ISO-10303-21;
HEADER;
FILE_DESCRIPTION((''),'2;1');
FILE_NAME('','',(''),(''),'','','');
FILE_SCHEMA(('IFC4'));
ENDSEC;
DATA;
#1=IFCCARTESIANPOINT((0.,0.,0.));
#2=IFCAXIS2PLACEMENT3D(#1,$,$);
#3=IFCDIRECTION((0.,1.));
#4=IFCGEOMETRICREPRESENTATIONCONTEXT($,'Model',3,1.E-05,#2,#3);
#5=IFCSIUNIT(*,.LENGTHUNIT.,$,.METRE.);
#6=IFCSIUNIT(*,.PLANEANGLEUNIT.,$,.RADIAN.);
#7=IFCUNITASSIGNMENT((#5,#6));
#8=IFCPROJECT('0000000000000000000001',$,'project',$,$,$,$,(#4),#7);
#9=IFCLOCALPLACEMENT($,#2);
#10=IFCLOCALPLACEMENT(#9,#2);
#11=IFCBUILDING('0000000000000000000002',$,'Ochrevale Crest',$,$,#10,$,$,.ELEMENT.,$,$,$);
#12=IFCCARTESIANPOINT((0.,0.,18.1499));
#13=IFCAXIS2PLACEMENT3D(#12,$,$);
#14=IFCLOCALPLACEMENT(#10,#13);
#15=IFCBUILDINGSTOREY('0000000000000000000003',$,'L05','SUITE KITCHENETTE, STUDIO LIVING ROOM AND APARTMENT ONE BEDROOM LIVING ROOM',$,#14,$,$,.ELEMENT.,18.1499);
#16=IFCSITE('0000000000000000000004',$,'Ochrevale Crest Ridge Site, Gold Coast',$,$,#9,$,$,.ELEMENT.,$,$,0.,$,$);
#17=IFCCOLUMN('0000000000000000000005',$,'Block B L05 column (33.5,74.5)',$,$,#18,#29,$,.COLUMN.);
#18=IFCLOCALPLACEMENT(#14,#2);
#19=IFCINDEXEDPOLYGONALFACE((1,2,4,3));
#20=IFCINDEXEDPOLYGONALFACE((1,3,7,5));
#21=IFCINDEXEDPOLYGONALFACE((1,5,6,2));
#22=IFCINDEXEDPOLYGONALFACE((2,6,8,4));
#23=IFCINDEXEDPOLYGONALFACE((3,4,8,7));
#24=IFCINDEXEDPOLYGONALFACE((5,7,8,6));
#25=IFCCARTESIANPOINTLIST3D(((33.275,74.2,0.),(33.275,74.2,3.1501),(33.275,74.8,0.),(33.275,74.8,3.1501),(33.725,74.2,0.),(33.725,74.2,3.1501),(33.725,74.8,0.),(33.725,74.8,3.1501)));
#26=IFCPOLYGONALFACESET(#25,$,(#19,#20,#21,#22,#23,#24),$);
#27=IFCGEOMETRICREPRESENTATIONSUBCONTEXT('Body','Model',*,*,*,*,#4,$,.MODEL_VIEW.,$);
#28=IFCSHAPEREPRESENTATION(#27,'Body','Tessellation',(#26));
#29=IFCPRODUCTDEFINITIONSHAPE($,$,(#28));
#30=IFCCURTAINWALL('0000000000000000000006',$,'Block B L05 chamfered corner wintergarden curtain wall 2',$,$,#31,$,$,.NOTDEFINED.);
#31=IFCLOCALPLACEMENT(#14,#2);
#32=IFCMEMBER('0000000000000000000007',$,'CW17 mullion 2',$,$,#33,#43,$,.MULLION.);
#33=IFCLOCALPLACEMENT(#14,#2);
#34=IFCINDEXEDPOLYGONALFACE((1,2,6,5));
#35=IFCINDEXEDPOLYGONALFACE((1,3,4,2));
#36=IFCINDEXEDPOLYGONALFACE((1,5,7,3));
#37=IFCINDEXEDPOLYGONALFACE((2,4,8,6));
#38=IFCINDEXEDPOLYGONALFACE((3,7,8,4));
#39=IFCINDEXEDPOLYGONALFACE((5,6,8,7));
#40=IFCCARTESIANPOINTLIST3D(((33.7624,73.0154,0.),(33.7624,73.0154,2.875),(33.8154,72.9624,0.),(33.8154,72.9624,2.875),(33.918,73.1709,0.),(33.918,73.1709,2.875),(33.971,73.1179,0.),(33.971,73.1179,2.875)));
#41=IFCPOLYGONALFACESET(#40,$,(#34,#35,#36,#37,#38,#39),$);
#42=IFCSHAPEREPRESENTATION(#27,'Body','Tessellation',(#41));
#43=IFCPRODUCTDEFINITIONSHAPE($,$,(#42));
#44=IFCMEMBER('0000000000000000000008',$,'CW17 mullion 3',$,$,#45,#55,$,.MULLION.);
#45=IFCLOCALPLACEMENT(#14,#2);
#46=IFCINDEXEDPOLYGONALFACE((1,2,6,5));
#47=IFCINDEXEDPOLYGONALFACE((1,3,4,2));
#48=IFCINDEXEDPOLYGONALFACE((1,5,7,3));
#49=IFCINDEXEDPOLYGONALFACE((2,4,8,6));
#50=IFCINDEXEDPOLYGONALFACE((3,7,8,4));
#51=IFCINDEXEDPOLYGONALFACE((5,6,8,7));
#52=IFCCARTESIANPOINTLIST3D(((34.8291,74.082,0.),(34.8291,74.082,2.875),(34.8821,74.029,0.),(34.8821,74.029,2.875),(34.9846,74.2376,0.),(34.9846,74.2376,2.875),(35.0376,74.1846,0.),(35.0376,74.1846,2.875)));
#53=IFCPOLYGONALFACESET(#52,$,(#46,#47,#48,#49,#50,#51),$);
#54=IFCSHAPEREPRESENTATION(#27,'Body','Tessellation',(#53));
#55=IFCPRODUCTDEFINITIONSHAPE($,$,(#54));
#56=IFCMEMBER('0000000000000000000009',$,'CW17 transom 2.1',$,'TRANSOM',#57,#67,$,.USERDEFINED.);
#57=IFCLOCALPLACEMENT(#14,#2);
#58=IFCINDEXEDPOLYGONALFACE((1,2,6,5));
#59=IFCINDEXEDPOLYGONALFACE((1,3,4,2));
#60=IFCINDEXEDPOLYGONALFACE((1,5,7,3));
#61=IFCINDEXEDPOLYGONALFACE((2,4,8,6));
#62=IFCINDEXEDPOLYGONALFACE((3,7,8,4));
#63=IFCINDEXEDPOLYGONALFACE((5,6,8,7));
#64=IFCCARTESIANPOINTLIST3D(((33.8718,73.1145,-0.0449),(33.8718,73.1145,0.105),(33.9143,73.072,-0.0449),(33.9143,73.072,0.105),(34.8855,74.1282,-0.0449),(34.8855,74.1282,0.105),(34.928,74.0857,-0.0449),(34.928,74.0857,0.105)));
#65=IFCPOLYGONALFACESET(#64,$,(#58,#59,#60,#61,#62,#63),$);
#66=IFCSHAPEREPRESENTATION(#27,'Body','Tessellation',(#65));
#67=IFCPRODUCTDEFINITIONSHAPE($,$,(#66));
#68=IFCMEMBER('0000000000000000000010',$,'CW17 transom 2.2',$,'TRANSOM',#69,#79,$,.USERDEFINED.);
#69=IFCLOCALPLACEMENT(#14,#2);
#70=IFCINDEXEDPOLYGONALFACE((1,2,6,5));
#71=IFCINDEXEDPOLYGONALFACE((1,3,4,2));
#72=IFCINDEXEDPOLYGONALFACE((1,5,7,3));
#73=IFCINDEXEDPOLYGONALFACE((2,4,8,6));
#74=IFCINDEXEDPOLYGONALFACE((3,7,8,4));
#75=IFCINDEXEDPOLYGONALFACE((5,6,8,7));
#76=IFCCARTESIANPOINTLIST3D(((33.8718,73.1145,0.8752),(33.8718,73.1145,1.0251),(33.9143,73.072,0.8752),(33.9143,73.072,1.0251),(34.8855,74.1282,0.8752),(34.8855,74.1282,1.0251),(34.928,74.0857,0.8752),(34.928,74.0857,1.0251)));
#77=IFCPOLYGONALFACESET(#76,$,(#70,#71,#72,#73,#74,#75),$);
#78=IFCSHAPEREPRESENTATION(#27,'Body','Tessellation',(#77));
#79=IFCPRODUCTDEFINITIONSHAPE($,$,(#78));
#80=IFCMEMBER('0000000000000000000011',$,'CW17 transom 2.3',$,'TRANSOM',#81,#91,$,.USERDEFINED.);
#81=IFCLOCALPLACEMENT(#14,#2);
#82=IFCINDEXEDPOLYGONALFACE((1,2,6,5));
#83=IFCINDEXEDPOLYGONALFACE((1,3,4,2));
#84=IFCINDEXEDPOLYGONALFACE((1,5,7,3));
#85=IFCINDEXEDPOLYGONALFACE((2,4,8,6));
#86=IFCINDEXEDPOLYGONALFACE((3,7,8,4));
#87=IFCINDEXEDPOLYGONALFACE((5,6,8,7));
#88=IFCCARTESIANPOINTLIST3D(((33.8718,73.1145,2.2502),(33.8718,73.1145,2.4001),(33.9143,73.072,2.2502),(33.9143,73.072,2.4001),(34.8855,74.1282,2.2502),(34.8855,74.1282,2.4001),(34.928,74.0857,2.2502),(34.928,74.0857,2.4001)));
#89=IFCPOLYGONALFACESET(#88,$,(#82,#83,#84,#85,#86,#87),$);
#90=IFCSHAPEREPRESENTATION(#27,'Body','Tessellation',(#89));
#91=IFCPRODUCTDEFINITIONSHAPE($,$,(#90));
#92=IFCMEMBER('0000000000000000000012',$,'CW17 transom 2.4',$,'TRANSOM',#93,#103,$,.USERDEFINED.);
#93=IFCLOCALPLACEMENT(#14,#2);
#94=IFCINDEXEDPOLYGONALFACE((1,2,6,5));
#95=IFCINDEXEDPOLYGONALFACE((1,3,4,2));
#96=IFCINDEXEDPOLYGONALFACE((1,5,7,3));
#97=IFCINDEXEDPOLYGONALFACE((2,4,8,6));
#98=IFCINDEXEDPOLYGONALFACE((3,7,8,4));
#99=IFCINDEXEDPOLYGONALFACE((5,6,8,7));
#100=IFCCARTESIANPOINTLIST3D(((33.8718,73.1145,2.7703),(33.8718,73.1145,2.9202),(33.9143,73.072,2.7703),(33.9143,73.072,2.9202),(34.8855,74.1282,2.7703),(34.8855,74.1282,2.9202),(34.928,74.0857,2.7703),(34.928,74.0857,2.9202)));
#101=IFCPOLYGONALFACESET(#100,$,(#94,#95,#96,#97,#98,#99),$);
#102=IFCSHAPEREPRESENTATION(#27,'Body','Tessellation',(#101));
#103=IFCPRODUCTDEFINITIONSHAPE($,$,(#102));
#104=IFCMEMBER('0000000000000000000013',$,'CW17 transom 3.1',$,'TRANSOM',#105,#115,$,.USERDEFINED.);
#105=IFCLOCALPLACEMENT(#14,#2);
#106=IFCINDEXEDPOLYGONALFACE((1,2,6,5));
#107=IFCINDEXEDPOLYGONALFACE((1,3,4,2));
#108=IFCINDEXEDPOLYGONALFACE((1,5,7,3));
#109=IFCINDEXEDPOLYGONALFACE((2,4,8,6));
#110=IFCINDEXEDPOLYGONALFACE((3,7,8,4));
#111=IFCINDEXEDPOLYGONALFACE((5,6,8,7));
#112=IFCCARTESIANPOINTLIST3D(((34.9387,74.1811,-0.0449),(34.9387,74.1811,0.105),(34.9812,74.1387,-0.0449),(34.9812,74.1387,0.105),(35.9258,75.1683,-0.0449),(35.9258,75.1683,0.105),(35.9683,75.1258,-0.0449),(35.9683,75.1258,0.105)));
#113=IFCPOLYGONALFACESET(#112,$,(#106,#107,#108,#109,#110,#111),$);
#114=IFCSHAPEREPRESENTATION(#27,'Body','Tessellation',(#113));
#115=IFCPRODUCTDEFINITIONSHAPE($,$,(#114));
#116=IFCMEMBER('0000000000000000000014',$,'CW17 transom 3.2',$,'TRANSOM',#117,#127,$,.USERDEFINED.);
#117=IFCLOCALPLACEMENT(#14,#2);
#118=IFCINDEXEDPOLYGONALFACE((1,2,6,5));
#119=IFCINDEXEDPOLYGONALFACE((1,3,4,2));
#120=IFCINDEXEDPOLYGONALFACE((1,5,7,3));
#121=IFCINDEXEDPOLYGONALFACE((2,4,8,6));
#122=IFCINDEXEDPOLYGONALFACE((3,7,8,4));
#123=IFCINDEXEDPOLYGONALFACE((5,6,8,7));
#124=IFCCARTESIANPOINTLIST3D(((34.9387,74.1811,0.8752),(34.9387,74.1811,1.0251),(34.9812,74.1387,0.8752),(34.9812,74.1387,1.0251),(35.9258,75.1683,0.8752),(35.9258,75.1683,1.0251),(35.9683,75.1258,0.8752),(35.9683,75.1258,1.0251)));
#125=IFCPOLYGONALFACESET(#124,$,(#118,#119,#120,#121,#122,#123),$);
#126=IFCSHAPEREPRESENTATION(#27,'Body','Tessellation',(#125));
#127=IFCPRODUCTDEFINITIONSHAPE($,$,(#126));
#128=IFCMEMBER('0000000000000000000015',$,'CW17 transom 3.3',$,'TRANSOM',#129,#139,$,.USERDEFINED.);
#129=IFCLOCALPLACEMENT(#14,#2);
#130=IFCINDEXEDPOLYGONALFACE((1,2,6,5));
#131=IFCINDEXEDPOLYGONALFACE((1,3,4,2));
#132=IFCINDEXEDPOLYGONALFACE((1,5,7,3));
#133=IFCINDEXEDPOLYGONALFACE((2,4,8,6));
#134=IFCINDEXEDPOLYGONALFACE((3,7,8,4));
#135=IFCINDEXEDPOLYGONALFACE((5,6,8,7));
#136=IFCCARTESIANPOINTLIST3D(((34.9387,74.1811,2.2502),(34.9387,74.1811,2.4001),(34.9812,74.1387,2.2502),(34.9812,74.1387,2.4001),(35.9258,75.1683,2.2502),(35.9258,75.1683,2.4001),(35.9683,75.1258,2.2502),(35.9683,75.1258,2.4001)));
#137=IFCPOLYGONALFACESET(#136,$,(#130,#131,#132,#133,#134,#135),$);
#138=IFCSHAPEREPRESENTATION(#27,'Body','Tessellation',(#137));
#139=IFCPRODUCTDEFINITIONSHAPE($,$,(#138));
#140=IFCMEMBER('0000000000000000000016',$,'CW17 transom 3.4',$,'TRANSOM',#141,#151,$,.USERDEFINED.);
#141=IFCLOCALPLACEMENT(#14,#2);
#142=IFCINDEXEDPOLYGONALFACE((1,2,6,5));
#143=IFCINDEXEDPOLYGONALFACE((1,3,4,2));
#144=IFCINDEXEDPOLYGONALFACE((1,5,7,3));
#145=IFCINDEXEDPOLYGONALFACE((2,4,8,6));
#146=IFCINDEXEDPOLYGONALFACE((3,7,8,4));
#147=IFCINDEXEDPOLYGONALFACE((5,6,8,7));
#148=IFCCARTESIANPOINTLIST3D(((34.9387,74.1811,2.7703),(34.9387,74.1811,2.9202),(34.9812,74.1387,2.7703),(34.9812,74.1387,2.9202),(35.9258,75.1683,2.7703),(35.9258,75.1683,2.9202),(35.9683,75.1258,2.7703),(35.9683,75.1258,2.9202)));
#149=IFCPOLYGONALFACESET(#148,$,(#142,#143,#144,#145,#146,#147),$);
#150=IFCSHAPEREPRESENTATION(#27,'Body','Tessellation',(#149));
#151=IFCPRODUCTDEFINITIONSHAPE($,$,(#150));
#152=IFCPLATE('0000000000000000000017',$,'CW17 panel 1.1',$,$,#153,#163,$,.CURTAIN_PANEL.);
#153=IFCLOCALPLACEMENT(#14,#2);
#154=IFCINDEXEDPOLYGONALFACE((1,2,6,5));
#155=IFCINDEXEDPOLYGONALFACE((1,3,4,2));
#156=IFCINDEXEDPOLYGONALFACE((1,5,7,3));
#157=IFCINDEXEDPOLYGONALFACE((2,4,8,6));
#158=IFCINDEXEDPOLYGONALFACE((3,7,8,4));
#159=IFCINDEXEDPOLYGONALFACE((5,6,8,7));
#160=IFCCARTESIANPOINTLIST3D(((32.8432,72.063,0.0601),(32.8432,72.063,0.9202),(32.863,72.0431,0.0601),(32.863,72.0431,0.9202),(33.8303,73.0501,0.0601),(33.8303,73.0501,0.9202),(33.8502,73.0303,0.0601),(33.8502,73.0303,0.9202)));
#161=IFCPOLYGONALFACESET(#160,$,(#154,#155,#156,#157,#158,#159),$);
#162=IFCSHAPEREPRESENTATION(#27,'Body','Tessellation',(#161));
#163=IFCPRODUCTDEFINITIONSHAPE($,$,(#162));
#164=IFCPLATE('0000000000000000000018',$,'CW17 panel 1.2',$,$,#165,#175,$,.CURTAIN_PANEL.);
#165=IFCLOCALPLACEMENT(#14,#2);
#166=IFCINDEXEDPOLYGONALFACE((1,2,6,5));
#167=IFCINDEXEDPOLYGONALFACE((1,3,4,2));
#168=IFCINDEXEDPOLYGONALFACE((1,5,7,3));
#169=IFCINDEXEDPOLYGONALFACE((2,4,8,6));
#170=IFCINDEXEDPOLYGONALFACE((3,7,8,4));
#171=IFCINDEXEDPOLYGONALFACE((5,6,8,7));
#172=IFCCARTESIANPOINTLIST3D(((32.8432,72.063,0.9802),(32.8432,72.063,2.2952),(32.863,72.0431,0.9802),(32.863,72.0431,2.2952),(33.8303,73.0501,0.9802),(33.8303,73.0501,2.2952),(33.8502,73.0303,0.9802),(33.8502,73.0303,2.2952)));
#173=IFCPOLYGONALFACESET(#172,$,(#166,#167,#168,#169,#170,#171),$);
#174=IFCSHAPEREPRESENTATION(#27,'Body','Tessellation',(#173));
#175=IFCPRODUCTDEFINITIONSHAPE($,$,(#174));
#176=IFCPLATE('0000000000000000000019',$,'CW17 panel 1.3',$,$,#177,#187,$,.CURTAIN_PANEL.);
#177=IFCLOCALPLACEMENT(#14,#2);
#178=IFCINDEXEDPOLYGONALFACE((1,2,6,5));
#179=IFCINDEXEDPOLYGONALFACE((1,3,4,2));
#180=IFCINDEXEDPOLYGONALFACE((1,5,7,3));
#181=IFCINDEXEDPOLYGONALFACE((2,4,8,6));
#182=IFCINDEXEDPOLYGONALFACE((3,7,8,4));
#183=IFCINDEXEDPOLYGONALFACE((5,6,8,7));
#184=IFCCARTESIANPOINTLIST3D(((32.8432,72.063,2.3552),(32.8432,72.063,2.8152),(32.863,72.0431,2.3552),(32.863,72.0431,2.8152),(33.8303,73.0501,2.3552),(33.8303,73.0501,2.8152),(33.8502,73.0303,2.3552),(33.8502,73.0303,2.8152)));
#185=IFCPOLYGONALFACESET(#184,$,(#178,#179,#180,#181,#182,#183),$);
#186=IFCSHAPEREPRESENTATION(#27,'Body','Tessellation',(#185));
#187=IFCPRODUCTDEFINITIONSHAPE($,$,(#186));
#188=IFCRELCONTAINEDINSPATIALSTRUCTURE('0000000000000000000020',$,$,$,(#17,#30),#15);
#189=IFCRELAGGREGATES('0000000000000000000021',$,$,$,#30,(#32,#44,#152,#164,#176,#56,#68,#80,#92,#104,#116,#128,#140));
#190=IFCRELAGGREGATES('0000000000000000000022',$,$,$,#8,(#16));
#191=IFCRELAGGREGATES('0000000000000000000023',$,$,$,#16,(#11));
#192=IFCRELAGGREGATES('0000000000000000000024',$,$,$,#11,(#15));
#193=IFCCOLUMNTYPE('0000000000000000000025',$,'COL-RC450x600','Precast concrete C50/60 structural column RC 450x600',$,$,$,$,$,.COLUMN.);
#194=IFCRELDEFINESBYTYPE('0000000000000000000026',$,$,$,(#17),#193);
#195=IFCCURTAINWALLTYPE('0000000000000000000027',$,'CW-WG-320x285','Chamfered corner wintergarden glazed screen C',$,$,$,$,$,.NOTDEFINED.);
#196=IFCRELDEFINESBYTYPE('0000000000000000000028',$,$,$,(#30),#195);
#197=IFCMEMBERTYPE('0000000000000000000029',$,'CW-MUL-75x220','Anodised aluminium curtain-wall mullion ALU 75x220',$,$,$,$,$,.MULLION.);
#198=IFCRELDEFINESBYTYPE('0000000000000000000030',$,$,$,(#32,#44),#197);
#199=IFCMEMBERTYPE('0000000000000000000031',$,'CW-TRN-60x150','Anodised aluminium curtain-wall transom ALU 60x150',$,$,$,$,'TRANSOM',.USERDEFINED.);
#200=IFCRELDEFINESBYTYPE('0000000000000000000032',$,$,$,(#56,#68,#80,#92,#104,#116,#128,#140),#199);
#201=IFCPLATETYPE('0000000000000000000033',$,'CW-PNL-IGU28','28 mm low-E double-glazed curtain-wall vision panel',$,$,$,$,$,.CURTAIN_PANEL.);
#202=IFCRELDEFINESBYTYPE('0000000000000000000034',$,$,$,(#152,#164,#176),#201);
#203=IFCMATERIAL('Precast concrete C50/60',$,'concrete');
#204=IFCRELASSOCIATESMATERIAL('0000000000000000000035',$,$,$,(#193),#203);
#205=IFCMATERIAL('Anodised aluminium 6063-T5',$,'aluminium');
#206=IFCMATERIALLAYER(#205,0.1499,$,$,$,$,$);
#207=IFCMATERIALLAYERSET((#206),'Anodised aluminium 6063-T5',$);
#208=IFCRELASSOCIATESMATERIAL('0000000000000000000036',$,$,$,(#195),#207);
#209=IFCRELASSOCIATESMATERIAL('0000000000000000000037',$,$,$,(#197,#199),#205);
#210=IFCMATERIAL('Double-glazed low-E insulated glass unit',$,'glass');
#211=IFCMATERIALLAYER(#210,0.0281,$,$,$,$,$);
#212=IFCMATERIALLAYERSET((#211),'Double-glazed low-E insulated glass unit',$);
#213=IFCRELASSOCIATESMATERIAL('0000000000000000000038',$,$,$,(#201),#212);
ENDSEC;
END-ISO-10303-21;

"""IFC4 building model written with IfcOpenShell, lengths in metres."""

from ifc_helpers import new_model, si_unit, direction, frame, origin, origin_2d, place, context, subcontext, project, spatial, rectangle, extrude, material, layer, layer_set, material_profile, profile_set, type_object, element, aggregate, save


model = new_model("IFC4")

# Units and contexts
model_context = context("Model", 3, precision=1e-05, world=origin(), true_north=direction((0.0, 1.0)))
body_context = subcontext(model_context, "Body", "Model", "MODEL_VIEW")
ifc_project = project(units=[si_unit("LENGTHUNIT", "METRE"), si_unit("PLANEANGLEUNIT", "RADIAN")], contexts=[model_context])

# Site, building, storey
site_placement = place(None, origin())
site = spatial("IfcSite", under=ifc_project, at=site_placement, Name="Ochrevale Crest Ridge Site, Gold Coast", CompositionType="ELEMENT", RefElevation=0.0)
building_placement = place(site_placement, origin())
building = spatial("IfcBuilding", under=site, at=building_placement, Name="Ochrevale Crest", CompositionType="ELEMENT")
storey_placement = place(building_placement, frame((0.0, 0.0, 18.1499)))
storey = spatial("IfcBuildingStorey", under=building, at=storey_placement, Name="L05", Description="SUITE KITCHENETTE, STUDIO LIVING ROOM AND APARTMENT ONE BEDROOM LIVING ROOM", CompositionType="ELEMENT", Elevation=18.1499)

# Column
ifc_material_1 = material(Name="Precast concrete C50/60", Category="concrete")
ifc_material_profile_1 = material_profile(ifc_material_1, rectangle(XDim=0.45, YDim=0.6001, at=origin_2d()), Name="RC 450x600")
ifc_profile_set_1 = profile_set([ifc_material_profile_1], Name="Precast concrete C50/60")
column_type = type_object("IfcColumnType", Name="COL-RC450x600", Description="Precast concrete C50/60 structural column RC 450x600", PredefinedType="COLUMN", material=ifc_profile_set_1)
column_placement = place(storey_placement, frame((33.5, 74.5, 0.0), z_axis=(0.0, 0.0, 1.0), x_axis=(1.0, 0.0, 0.0)))
element("IfcColumn", 1, at=column_placement, inside=storey, type_object=column_type, Name="Block B L05 column (33.5,74.5)", PredefinedType="COLUMN", context=body_context, shape_type="SweptSolid", body=[
    extrude(rectangle(XDim=0.45, YDim=0.6001, at=origin_2d()), origin(), (0.0, 0.0, 1.0), 3.1501),
])

# Curtain wall, members, plates
ifc_material_2 = material(Name="Anodised aluminium 6063-T5", Category="aluminium")
ifc_layer_1 = layer(ifc_material_2, 0.1499)
ifc_layer_set_1 = layer_set([ifc_layer_1], Name="Anodised aluminium 6063-T5")
curtain_wall_type = type_object("IfcCurtainWallType", Name="CW-WG-320x285", Description="Chamfered corner wintergarden glazed screen C", PredefinedType="NOTDEFINED", material=ifc_layer_set_1)
curtain_wall_placement = place(storey_placement, origin())
curtain_wall = element("IfcCurtainWall", 2, at=curtain_wall_placement, inside=storey, type_object=curtain_wall_type, Name="Block B L05 chamfered corner wintergarden curtain wall 2", PredefinedType="NOTDEFINED")
ifc_material_profile_2 = material_profile(ifc_material_2, rectangle(XDim=0.075, YDim=0.22, at=origin_2d()), Name="ALU 75x220")
ifc_profile_set_2 = profile_set([ifc_material_profile_2], Name="Anodised aluminium 6063-T5")
member_type_1 = type_object("IfcMemberType", Name="CW-MUL-75x220", Description="Anodised aluminium curtain-wall mullion ALU 75x220", PredefinedType="MULLION", material=ifc_profile_set_2)
member_1_placement = place(storey_placement, frame((33.8667, 73.0667, 0.0), z_axis=(0.0, 0.0, 1.0), x_axis=(-0.707107, 0.707107, 0.0)))
member_1 = element("IfcMember", 3, at=member_1_placement, type_object=member_type_1, Name="CW17 mullion 2", PredefinedType="MULLION", context=body_context, shape_type="SweptSolid", body=[
    extrude(rectangle(XDim=0.075, YDim=0.22, at=origin_2d()), origin(), (0.0, 0.0, 1.0), 2.875),
])
member_2_placement = place(storey_placement, frame((34.9333, 74.1333, 0.0), z_axis=(0.0, 0.0, 1.0), x_axis=(-0.707107, 0.707107, 0.0)))
member_2 = element("IfcMember", 4, at=member_2_placement, type_object=member_type_1, Name="CW17 mullion 3", PredefinedType="MULLION", context=body_context, shape_type="SweptSolid", body=[
    extrude(rectangle(XDim=0.075, YDim=0.22, at=origin_2d()), origin(), (0.0, 0.0, 1.0), 2.875),
])
ifc_material_profile_3 = material_profile(ifc_material_2, rectangle(XDim=0.0601, YDim=0.1499, at=origin_2d()), Name="ALU 60x150")
ifc_profile_set_3 = profile_set([ifc_material_profile_3], Name="Anodised aluminium 6063-T5")
member_type_2 = type_object("IfcMemberType", Name="CW-TRN-60x150", Description="Anodised aluminium curtain-wall transom ALU 60x150", ElementType="TRANSOM", PredefinedType="USERDEFINED", material=ifc_profile_set_3)
member_3_placement = place(storey_placement, frame((33.8931, 73.0933, 0.03), z_axis=(0.707107, 0.707107, 0.0), x_axis=(-0.707107, 0.707107, 0.0)))
member_3 = element("IfcMember", 5, at=member_3_placement, type_object=member_type_2, Name="CW17 transom 2.1", ObjectType="TRANSOM", PredefinedType="USERDEFINED", context=body_context, shape_type="SweptSolid", body=[
    extrude(rectangle(XDim=0.0601, YDim=0.1499, at=origin_2d()), origin(), (0.0, 0.0, 1.0), 1.4336),
])
member_4_placement = place(storey_placement, frame((33.8931, 73.0933, 0.9502), z_axis=(0.707107, 0.707107, 0.0), x_axis=(-0.707107, 0.707107, 0.0)))
member_4 = element("IfcMember", 6, at=member_4_placement, type_object=member_type_2, Name="CW17 transom 2.2", ObjectType="TRANSOM", PredefinedType="USERDEFINED", context=body_context, shape_type="SweptSolid", body=[
    extrude(rectangle(XDim=0.0601, YDim=0.1499, at=origin_2d()), origin(), (0.0, 0.0, 1.0), 1.4336),
])
member_5_placement = place(storey_placement, frame((33.8931, 73.0933, 2.3252), z_axis=(0.707107, 0.707107, 0.0), x_axis=(-0.707107, 0.707107, 0.0)))
member_5 = element("IfcMember", 7, at=member_5_placement, type_object=member_type_2, Name="CW17 transom 2.3", ObjectType="TRANSOM", PredefinedType="USERDEFINED", context=body_context, shape_type="SweptSolid", body=[
    extrude(rectangle(XDim=0.0601, YDim=0.1499, at=origin_2d()), origin(), (0.0, 0.0, 1.0), 1.4336),
])
member_6_placement = place(storey_placement, frame((33.8931, 73.0933, 2.8452), z_axis=(0.707107, 0.707107, 0.0), x_axis=(-0.707107, 0.707107, 0.0)))
member_6 = element("IfcMember", 8, at=member_6_placement, type_object=member_type_2, Name="CW17 transom 2.4", ObjectType="TRANSOM", PredefinedType="USERDEFINED", context=body_context, shape_type="SweptSolid", body=[
    extrude(rectangle(XDim=0.0601, YDim=0.1499, at=origin_2d()), origin(), (0.0, 0.0, 1.0), 1.4336),
])
member_7_placement = place(storey_placement, frame((34.96, 74.1599, 0.03), z_axis=(0.707107, 0.707107, 0.0), x_axis=(-0.707107, 0.707107, 0.0)))
member_7 = element("IfcMember", 9, at=member_7_placement, type_object=member_type_2, Name="CW17 transom 3.1", ObjectType="TRANSOM", PredefinedType="USERDEFINED", context=body_context, shape_type="SweptSolid", body=[
    extrude(rectangle(XDim=0.0601, YDim=0.1499, at=origin_2d()), origin(), (0.0, 0.0, 1.0), 1.396),
])
member_8_placement = place(storey_placement, frame((34.96, 74.1599, 0.9502), z_axis=(0.707107, 0.707107, 0.0), x_axis=(-0.707107, 0.707107, 0.0)))
member_8 = element("IfcMember", 10, at=member_8_placement, type_object=member_type_2, Name="CW17 transom 3.2", ObjectType="TRANSOM", PredefinedType="USERDEFINED", context=body_context, shape_type="SweptSolid", body=[
    extrude(rectangle(XDim=0.0601, YDim=0.1499, at=origin_2d()), origin(), (0.0, 0.0, 1.0), 1.396),
])
member_9_placement = place(storey_placement, frame((34.96, 74.1599, 2.3252), z_axis=(0.707107, 0.707107, 0.0), x_axis=(-0.707107, 0.707107, 0.0)))
member_9 = element("IfcMember", 11, at=member_9_placement, type_object=member_type_2, Name="CW17 transom 3.3", ObjectType="TRANSOM", PredefinedType="USERDEFINED", context=body_context, shape_type="SweptSolid", body=[
    extrude(rectangle(XDim=0.0601, YDim=0.1499, at=origin_2d()), origin(), (0.0, 0.0, 1.0), 1.396),
])
member_10_placement = place(storey_placement, frame((34.96, 74.1599, 2.8452), z_axis=(0.707107, 0.707107, 0.0), x_axis=(-0.707107, 0.707107, 0.0)))
member_10 = element("IfcMember", 12, at=member_10_placement, type_object=member_type_2, Name="CW17 transom 3.4", ObjectType="TRANSOM", PredefinedType="USERDEFINED", context=body_context, shape_type="SweptSolid", body=[
    extrude(rectangle(XDim=0.0601, YDim=0.1499, at=origin_2d()), origin(), (0.0, 0.0, 1.0), 1.396),
])
ifc_material_3 = material(Name="Double-glazed low-E insulated glass unit", Category="glass")
ifc_layer_2 = layer(ifc_material_3, 0.0281)
ifc_layer_set_2 = layer_set([ifc_layer_2], Name="Double-glazed low-E insulated glass unit")
plate_type = type_object("IfcPlateType", Name="CW-PNL-IGU28", Description="28 mm low-E double-glazed curtain-wall vision panel", PredefinedType="CURTAIN_PANEL", material=ifc_layer_set_2)
plate_1_placement = place(storey_placement, frame((33.3467, 72.5466, 0.0601), z_axis=(0.0, 0.0, 1.0), x_axis=(0.707107, 0.707107, 0.0)))
plate_1 = element("IfcPlate", 13, at=plate_1_placement, type_object=plate_type, Name="CW17 panel 1.1", PredefinedType="CURTAIN_PANEL", context=body_context, shape_type="SweptSolid", body=[
    extrude(rectangle(XDim=1.396, YDim=0.0281, at=origin_2d()), origin(), (0.0, 0.0, 1.0), 0.8601),
])
plate_2_placement = place(storey_placement, frame((33.3467, 72.5466, 0.9802), z_axis=(0.0, 0.0, 1.0), x_axis=(0.707107, 0.707107, 0.0)))
plate_2 = element("IfcPlate", 14, at=plate_2_placement, type_object=plate_type, Name="CW17 panel 1.2", PredefinedType="CURTAIN_PANEL", context=body_context, shape_type="SweptSolid", body=[
    extrude(rectangle(XDim=1.396, YDim=0.0281, at=origin_2d()), origin(), (0.0, 0.0, 1.0), 1.3149),
])
plate_3_placement = place(storey_placement, frame((33.3467, 72.5466, 2.3552), z_axis=(0.0, 0.0, 1.0), x_axis=(0.707107, 0.707107, 0.0)))
plate_3 = element("IfcPlate", 15, at=plate_3_placement, type_object=plate_type, Name="CW17 panel 1.3", PredefinedType="CURTAIN_PANEL", context=body_context, shape_type="SweptSolid", body=[
    extrude(rectangle(XDim=1.396, YDim=0.0281, at=origin_2d()), origin(), (0.0, 0.0, 1.0), 0.46),
])
aggregate(curtain_wall, [member_1, member_2, plate_1, plate_2, plate_3, member_3, member_4, member_5, member_6, member_7, member_8, member_9, member_10])

save(model, "model.ifc")
